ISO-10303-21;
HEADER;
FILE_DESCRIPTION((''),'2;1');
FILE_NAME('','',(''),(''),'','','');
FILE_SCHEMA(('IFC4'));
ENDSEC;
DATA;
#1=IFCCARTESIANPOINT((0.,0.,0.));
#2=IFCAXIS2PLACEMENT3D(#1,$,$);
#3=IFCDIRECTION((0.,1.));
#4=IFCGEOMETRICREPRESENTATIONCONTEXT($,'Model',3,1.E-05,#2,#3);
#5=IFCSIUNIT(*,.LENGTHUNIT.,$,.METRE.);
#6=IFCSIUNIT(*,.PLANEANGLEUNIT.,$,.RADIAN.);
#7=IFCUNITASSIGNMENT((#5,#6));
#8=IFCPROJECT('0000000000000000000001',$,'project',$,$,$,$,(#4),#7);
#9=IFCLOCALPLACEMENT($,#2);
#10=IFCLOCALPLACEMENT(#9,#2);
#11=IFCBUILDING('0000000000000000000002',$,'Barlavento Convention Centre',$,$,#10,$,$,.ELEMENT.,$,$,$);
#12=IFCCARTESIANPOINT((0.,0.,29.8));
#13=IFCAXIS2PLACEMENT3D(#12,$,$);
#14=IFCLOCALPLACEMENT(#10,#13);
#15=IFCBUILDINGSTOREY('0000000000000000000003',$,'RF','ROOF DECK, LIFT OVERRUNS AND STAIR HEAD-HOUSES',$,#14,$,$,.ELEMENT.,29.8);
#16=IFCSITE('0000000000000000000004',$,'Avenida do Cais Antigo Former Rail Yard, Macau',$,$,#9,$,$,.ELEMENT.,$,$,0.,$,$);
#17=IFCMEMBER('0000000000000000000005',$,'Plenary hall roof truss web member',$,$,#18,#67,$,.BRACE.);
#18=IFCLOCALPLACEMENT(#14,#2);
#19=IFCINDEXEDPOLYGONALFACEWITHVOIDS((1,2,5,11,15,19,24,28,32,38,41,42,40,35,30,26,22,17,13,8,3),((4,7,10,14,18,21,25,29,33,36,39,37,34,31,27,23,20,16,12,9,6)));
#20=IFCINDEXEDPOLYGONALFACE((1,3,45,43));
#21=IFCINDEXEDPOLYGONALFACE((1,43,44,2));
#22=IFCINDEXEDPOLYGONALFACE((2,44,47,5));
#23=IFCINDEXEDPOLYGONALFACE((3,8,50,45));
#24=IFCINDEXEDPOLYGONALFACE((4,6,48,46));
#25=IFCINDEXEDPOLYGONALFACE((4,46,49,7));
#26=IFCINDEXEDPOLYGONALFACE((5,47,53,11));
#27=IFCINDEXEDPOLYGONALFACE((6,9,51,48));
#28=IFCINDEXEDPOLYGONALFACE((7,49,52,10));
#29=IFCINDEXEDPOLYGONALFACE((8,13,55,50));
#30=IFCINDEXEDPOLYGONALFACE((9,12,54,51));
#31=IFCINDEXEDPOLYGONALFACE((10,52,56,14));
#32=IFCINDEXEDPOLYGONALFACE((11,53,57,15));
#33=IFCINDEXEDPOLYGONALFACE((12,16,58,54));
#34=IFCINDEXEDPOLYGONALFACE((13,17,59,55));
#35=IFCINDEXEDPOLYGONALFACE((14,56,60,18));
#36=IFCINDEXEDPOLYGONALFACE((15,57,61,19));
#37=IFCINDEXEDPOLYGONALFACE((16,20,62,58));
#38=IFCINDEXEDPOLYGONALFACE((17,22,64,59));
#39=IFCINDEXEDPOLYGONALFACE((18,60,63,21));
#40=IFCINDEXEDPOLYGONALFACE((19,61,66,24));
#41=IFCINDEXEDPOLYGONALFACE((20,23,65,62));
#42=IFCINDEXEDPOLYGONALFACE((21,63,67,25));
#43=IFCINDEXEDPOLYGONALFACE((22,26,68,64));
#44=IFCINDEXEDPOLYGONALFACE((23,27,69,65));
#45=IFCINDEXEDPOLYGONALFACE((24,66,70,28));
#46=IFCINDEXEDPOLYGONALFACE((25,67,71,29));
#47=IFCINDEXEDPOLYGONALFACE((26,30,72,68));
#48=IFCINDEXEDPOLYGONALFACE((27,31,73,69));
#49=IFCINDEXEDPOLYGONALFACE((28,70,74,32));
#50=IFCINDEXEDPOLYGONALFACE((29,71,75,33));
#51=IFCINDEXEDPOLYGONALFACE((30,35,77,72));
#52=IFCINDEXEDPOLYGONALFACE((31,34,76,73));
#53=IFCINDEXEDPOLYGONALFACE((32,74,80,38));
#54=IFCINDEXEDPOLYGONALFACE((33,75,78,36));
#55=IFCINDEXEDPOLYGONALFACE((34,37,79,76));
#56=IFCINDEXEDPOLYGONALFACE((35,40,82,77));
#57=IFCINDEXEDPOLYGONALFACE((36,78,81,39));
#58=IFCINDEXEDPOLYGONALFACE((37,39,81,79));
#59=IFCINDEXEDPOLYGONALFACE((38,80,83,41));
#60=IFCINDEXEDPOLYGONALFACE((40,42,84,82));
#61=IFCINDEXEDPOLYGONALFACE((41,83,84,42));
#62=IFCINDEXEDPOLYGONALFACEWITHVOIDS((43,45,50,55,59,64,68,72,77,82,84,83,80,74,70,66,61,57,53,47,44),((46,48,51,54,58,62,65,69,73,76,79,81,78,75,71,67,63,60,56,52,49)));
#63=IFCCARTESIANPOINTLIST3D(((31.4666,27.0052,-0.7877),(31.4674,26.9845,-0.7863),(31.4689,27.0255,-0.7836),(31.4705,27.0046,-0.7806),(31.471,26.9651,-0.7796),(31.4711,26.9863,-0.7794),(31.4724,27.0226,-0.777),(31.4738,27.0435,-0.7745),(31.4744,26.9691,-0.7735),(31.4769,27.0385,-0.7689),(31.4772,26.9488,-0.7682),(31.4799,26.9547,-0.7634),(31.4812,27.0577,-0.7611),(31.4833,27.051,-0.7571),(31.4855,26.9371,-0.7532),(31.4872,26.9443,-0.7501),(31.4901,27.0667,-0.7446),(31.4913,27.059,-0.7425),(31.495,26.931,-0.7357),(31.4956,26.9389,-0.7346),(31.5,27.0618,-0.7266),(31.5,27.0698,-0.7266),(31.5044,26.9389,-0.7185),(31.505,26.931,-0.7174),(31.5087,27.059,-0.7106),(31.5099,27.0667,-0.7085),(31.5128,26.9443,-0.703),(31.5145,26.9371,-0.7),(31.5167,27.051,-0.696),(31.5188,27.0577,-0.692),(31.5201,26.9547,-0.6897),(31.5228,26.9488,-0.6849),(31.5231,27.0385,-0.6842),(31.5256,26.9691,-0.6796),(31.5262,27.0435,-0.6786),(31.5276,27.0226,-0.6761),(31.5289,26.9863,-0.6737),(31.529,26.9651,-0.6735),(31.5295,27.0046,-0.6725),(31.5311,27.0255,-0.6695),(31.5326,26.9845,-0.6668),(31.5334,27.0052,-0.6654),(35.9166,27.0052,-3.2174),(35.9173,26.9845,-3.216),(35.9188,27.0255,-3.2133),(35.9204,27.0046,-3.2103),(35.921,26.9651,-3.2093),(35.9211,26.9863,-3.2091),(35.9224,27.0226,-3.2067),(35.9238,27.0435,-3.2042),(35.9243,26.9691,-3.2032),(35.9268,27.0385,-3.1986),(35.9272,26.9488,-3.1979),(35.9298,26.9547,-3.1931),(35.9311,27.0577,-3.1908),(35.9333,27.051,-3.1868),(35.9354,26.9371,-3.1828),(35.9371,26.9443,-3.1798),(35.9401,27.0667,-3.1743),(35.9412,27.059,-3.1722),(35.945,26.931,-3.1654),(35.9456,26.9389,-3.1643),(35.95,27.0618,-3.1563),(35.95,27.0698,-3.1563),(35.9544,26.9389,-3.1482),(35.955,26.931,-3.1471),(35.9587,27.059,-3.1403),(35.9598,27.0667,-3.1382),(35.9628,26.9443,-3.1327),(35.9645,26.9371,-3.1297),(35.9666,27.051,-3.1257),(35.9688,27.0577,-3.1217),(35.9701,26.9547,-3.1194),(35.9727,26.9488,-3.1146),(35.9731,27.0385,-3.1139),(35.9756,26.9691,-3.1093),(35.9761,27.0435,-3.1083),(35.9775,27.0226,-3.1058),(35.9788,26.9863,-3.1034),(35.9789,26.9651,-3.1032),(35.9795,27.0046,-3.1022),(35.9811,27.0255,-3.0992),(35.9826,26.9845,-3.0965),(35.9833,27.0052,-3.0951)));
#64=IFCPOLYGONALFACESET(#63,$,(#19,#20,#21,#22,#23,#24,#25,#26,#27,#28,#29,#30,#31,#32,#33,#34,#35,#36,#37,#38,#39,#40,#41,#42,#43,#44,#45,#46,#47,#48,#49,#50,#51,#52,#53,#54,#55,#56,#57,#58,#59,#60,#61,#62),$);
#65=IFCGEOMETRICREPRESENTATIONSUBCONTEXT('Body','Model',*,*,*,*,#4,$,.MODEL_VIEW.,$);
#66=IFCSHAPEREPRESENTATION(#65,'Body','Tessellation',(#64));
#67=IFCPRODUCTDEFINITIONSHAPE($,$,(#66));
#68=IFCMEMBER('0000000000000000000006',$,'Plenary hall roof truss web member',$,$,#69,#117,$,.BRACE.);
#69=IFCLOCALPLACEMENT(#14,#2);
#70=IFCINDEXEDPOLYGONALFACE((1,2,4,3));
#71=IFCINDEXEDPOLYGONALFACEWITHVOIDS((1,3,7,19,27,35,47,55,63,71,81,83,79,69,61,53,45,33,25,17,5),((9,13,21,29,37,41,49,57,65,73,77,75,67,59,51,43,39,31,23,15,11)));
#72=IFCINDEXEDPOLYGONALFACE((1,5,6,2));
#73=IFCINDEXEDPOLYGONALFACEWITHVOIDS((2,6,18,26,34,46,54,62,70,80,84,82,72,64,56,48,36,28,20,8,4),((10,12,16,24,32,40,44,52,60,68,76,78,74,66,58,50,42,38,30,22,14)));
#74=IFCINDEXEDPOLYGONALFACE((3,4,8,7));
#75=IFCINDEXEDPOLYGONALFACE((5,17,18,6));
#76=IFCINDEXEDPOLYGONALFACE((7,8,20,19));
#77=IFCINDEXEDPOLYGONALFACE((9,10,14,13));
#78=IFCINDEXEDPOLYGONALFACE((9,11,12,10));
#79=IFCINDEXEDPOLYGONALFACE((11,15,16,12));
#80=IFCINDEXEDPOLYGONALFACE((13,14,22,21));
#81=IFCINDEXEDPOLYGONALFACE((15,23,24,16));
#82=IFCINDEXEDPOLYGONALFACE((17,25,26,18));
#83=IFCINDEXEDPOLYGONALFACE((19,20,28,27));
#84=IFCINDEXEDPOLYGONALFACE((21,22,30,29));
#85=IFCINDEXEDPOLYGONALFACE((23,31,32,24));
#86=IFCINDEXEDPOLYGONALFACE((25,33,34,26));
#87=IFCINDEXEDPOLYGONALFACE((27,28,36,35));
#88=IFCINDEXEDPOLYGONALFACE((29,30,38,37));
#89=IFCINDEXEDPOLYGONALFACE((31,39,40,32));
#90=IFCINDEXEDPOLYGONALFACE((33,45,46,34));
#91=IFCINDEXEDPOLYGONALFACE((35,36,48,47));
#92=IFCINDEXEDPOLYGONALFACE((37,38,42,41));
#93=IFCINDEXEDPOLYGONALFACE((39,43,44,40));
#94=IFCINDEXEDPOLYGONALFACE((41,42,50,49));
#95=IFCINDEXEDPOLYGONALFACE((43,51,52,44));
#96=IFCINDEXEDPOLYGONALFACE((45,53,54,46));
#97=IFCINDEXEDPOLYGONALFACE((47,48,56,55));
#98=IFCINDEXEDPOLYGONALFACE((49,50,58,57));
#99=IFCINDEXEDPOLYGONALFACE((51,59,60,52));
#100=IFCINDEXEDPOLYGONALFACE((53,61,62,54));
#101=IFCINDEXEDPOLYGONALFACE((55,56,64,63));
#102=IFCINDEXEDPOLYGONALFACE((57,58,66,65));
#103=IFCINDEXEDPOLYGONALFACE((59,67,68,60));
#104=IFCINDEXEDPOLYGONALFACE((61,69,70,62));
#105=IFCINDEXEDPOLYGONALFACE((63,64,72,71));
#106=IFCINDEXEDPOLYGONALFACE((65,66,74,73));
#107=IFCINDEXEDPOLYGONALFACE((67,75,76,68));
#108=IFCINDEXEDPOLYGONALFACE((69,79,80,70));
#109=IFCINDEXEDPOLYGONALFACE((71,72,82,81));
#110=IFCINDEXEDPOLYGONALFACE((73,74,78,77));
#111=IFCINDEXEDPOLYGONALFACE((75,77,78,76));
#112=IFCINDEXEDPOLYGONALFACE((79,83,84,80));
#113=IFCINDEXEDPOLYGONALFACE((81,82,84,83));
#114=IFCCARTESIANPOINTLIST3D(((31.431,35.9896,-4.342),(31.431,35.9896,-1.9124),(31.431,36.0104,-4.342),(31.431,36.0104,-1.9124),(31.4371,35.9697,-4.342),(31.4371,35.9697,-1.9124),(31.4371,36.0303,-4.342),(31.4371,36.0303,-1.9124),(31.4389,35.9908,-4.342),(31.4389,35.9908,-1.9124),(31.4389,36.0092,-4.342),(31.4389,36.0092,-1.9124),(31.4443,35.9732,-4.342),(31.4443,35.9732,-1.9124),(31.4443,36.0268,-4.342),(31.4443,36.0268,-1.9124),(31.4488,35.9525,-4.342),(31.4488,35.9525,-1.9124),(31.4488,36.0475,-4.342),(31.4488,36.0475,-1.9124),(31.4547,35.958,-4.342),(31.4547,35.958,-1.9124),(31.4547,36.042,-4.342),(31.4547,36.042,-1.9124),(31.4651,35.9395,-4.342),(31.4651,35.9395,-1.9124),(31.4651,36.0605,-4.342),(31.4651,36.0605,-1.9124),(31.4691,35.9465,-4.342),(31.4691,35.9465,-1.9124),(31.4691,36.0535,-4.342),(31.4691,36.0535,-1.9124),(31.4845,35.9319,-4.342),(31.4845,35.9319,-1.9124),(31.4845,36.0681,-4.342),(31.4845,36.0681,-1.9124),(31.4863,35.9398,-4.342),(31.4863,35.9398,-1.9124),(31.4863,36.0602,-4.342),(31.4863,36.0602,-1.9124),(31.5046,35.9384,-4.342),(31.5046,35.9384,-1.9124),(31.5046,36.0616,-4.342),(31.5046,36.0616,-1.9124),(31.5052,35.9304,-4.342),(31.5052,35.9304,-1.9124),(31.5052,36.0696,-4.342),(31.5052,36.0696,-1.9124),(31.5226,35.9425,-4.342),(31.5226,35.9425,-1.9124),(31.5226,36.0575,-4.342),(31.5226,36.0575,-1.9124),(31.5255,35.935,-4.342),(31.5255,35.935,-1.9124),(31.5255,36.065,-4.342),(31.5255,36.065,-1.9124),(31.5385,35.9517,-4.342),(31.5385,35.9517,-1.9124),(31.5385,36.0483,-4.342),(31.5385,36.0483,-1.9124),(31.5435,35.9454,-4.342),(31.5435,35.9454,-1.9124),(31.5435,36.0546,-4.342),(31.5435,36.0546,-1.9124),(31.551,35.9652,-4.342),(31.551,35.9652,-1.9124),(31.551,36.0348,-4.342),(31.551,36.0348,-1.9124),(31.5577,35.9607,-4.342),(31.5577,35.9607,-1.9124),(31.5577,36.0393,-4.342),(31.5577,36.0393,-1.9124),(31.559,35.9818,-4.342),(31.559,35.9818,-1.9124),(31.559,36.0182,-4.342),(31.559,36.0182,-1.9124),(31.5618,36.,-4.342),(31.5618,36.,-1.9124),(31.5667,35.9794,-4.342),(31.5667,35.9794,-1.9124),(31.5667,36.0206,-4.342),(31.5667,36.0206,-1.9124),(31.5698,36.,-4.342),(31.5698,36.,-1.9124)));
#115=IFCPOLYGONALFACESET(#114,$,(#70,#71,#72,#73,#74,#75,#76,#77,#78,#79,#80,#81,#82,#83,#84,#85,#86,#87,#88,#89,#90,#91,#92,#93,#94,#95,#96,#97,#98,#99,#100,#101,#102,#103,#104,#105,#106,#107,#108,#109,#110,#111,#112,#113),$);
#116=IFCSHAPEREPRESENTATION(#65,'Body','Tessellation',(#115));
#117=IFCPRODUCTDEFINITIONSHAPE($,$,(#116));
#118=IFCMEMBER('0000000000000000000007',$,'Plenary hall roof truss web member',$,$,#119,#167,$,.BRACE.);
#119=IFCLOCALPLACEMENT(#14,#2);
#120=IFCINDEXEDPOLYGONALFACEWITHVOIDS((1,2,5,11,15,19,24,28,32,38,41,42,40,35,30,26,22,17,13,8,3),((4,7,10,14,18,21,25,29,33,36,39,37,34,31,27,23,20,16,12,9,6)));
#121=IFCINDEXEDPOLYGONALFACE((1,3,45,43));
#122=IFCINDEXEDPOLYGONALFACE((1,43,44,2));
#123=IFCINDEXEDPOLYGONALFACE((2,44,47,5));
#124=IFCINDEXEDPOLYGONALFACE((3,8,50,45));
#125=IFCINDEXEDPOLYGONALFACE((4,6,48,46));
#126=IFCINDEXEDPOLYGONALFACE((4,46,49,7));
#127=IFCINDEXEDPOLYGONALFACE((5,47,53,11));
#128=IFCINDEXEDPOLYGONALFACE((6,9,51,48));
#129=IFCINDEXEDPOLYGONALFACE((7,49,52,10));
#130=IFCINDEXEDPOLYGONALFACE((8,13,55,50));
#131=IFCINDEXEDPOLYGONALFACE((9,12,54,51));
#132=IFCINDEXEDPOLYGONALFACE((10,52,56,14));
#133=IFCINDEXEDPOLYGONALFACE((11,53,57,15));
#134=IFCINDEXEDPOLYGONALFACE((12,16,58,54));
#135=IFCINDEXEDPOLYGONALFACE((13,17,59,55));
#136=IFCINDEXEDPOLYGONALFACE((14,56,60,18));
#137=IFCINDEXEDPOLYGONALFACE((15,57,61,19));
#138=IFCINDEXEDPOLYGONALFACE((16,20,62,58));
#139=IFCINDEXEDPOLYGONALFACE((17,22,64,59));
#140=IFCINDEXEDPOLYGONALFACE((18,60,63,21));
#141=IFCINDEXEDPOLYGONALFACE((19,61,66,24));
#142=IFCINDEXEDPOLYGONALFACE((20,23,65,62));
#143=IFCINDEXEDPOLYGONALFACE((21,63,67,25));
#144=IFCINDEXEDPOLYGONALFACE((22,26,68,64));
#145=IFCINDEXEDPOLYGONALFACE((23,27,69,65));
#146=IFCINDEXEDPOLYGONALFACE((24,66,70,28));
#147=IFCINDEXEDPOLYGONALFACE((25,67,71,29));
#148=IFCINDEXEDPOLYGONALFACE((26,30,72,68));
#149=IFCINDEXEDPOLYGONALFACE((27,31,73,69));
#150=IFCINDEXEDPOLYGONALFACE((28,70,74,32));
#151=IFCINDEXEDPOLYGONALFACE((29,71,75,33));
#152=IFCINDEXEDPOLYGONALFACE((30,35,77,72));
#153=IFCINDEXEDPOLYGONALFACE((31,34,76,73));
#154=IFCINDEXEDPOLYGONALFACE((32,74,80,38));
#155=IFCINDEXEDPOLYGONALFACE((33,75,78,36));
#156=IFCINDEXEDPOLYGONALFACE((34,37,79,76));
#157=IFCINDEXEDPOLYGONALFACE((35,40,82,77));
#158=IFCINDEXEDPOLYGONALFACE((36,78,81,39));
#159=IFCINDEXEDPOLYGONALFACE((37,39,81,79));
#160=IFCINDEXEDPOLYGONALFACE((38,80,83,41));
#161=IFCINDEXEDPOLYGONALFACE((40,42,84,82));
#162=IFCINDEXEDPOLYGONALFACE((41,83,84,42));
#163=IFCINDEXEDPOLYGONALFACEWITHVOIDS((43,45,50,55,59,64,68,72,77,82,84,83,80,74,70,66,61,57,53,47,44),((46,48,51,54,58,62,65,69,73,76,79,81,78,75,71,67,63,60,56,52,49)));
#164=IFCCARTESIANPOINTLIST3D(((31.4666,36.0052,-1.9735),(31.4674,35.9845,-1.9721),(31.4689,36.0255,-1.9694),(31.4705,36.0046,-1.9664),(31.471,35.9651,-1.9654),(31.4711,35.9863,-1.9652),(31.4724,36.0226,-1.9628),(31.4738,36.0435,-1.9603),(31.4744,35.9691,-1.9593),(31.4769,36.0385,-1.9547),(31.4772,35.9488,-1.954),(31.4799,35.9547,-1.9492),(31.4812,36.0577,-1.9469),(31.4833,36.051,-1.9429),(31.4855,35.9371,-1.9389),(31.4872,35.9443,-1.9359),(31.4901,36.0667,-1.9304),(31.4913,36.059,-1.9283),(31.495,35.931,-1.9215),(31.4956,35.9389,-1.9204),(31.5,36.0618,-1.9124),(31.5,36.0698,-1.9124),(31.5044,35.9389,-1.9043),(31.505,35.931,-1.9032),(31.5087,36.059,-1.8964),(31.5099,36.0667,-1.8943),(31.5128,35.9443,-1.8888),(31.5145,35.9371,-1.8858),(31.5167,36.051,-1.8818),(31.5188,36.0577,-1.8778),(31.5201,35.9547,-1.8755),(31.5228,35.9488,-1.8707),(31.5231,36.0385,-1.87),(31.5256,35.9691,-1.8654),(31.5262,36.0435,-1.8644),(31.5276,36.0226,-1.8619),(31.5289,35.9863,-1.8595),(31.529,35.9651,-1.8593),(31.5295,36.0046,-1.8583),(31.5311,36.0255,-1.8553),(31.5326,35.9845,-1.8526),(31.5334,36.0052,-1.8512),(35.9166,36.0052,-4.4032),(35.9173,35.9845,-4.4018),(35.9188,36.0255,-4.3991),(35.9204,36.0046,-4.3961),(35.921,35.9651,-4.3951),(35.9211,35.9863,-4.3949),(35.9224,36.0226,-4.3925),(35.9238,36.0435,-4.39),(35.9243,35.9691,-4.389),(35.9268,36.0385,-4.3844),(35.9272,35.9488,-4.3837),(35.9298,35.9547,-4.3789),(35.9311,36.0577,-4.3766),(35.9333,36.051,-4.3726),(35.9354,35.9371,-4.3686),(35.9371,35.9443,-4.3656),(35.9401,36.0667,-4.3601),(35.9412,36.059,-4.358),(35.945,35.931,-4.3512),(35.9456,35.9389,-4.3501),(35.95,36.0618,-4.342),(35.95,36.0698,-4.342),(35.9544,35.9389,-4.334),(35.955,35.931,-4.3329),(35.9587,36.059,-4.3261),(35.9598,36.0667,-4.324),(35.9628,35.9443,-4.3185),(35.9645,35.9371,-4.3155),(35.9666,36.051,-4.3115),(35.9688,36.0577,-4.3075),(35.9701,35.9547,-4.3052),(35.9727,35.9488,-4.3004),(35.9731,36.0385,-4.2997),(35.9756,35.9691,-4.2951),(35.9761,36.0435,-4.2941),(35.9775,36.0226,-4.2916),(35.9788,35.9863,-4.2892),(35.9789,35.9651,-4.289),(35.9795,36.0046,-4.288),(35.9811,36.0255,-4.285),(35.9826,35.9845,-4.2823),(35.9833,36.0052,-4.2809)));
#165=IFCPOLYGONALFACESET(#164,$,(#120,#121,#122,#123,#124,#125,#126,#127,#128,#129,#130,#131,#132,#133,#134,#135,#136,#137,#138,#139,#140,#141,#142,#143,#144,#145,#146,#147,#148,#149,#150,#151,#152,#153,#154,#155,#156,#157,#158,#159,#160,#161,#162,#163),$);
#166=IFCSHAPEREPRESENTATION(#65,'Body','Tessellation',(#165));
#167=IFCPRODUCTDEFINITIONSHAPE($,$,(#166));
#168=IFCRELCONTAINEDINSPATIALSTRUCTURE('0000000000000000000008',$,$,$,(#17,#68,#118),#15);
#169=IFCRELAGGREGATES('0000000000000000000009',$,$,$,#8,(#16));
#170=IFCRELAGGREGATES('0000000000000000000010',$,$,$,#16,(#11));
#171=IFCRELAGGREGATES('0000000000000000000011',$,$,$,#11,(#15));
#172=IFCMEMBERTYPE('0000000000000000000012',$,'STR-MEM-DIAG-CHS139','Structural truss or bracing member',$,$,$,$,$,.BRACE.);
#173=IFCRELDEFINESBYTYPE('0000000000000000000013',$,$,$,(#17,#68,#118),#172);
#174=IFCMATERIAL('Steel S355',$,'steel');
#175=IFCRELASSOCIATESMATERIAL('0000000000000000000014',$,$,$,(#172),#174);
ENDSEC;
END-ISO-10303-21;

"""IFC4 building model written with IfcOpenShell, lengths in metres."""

from ifc_helpers import new_model, si_unit, direction, frame, origin, origin_2d, place, context, subcontext, project, spatial, hollow_circle, extrude, material, material_profile, profile_set, type_object, element, save


model = new_model("IFC4")

# Units and contexts
model_context = context("Model", 3, precision=1e-05, world=origin(), true_north=direction((0.0, 1.0)))
body_context = subcontext(model_context, "Body", "Model", "MODEL_VIEW")
ifc_project = project(units=[si_unit("LENGTHUNIT", "METRE"), si_unit("PLANEANGLEUNIT", "RADIAN")], contexts=[model_context])

# Site, building, storey
site_placement = place(None, origin())
site = spatial("IfcSite", under=ifc_project, at=site_placement, Name="Avenida do Cais Antigo Former Rail Yard, Macau", CompositionType="ELEMENT", RefElevation=0.0)
building_placement = place(site_placement, origin())
building = spatial("IfcBuilding", under=site, at=building_placement, Name="Barlavento Convention Centre", CompositionType="ELEMENT")
storey_placement = place(building_placement, frame((0.0, 0.0, 29.8)))
storey = spatial("IfcBuildingStorey", under=building, at=storey_placement, Name="RF", Description="ROOF DECK, LIFT OVERRUNS AND STAIR HEAD-HOUSES", CompositionType="ELEMENT", Elevation=29.8)

# Members
ifc_material_1 = material(Name="Steel S355", Category="steel")
ifc_material_profile_1 = material_profile(ifc_material_1, hollow_circle(Radius=0.0698, WallThickness=0.0081, at=origin_2d()), Name="CHS 139.7x8.0")
ifc_profile_set_1 = profile_set([ifc_material_profile_1], Name="Steel S355")
member_type_1 = type_object("IfcMemberType", Name="STR-MEM-DIAG-CHS139", Description="Structural truss or bracing member", PredefinedType="BRACE", material=ifc_profile_set_1)
member_1_placement = place(storey_placement, frame((31.5, 27.0, -0.7266), z_axis=(0.877693, 0.0, -0.479223), x_axis=(0.0, 1.0, 0.0)))
element("IfcMember", 1, at=member_1_placement, inside=storey, type_object=member_type_1, Name="Plenary hall roof truss web member", PredefinedType="BRACE", context=body_context, shape_type="SweptSolid", body=[
    extrude(hollow_circle(Radius=0.0698, WallThickness=0.0081, at=origin_2d()), origin(), (0.0, 0.0, 1.0), 5.0701),
])
member_2_placement = place(storey_placement, frame((31.5, 36.0, -4.342), z_axis=(0.0, 0.0, 1.0), x_axis=(1.0, 0.0, 0.0)))
element("IfcMember", 2, at=member_2_placement, inside=storey, type_object=member_type_1, Name="Plenary hall roof truss web member", PredefinedType="BRACE", context=body_context, shape_type="SweptSolid", body=[
    extrude(hollow_circle(Radius=0.0698, WallThickness=0.0081, at=origin_2d()), origin(), (0.0, 0.0, 1.0), 2.4297),
])
member_3_placement = place(storey_placement, frame((31.5, 36.0, -1.9124), z_axis=(0.877693, 0.0, -0.479223), x_axis=(0.0, 1.0, 0.0)))
element("IfcMember", 3, at=member_3_placement, inside=storey, type_object=member_type_1, Name="Plenary hall roof truss web member", PredefinedType="BRACE", context=body_context, shape_type="SweptSolid", body=[
    extrude(hollow_circle(Radius=0.0698, WallThickness=0.0081, at=origin_2d()), origin(), (0.0, 0.0, 1.0), 5.0701),
])

save(model, "model.ifc")
